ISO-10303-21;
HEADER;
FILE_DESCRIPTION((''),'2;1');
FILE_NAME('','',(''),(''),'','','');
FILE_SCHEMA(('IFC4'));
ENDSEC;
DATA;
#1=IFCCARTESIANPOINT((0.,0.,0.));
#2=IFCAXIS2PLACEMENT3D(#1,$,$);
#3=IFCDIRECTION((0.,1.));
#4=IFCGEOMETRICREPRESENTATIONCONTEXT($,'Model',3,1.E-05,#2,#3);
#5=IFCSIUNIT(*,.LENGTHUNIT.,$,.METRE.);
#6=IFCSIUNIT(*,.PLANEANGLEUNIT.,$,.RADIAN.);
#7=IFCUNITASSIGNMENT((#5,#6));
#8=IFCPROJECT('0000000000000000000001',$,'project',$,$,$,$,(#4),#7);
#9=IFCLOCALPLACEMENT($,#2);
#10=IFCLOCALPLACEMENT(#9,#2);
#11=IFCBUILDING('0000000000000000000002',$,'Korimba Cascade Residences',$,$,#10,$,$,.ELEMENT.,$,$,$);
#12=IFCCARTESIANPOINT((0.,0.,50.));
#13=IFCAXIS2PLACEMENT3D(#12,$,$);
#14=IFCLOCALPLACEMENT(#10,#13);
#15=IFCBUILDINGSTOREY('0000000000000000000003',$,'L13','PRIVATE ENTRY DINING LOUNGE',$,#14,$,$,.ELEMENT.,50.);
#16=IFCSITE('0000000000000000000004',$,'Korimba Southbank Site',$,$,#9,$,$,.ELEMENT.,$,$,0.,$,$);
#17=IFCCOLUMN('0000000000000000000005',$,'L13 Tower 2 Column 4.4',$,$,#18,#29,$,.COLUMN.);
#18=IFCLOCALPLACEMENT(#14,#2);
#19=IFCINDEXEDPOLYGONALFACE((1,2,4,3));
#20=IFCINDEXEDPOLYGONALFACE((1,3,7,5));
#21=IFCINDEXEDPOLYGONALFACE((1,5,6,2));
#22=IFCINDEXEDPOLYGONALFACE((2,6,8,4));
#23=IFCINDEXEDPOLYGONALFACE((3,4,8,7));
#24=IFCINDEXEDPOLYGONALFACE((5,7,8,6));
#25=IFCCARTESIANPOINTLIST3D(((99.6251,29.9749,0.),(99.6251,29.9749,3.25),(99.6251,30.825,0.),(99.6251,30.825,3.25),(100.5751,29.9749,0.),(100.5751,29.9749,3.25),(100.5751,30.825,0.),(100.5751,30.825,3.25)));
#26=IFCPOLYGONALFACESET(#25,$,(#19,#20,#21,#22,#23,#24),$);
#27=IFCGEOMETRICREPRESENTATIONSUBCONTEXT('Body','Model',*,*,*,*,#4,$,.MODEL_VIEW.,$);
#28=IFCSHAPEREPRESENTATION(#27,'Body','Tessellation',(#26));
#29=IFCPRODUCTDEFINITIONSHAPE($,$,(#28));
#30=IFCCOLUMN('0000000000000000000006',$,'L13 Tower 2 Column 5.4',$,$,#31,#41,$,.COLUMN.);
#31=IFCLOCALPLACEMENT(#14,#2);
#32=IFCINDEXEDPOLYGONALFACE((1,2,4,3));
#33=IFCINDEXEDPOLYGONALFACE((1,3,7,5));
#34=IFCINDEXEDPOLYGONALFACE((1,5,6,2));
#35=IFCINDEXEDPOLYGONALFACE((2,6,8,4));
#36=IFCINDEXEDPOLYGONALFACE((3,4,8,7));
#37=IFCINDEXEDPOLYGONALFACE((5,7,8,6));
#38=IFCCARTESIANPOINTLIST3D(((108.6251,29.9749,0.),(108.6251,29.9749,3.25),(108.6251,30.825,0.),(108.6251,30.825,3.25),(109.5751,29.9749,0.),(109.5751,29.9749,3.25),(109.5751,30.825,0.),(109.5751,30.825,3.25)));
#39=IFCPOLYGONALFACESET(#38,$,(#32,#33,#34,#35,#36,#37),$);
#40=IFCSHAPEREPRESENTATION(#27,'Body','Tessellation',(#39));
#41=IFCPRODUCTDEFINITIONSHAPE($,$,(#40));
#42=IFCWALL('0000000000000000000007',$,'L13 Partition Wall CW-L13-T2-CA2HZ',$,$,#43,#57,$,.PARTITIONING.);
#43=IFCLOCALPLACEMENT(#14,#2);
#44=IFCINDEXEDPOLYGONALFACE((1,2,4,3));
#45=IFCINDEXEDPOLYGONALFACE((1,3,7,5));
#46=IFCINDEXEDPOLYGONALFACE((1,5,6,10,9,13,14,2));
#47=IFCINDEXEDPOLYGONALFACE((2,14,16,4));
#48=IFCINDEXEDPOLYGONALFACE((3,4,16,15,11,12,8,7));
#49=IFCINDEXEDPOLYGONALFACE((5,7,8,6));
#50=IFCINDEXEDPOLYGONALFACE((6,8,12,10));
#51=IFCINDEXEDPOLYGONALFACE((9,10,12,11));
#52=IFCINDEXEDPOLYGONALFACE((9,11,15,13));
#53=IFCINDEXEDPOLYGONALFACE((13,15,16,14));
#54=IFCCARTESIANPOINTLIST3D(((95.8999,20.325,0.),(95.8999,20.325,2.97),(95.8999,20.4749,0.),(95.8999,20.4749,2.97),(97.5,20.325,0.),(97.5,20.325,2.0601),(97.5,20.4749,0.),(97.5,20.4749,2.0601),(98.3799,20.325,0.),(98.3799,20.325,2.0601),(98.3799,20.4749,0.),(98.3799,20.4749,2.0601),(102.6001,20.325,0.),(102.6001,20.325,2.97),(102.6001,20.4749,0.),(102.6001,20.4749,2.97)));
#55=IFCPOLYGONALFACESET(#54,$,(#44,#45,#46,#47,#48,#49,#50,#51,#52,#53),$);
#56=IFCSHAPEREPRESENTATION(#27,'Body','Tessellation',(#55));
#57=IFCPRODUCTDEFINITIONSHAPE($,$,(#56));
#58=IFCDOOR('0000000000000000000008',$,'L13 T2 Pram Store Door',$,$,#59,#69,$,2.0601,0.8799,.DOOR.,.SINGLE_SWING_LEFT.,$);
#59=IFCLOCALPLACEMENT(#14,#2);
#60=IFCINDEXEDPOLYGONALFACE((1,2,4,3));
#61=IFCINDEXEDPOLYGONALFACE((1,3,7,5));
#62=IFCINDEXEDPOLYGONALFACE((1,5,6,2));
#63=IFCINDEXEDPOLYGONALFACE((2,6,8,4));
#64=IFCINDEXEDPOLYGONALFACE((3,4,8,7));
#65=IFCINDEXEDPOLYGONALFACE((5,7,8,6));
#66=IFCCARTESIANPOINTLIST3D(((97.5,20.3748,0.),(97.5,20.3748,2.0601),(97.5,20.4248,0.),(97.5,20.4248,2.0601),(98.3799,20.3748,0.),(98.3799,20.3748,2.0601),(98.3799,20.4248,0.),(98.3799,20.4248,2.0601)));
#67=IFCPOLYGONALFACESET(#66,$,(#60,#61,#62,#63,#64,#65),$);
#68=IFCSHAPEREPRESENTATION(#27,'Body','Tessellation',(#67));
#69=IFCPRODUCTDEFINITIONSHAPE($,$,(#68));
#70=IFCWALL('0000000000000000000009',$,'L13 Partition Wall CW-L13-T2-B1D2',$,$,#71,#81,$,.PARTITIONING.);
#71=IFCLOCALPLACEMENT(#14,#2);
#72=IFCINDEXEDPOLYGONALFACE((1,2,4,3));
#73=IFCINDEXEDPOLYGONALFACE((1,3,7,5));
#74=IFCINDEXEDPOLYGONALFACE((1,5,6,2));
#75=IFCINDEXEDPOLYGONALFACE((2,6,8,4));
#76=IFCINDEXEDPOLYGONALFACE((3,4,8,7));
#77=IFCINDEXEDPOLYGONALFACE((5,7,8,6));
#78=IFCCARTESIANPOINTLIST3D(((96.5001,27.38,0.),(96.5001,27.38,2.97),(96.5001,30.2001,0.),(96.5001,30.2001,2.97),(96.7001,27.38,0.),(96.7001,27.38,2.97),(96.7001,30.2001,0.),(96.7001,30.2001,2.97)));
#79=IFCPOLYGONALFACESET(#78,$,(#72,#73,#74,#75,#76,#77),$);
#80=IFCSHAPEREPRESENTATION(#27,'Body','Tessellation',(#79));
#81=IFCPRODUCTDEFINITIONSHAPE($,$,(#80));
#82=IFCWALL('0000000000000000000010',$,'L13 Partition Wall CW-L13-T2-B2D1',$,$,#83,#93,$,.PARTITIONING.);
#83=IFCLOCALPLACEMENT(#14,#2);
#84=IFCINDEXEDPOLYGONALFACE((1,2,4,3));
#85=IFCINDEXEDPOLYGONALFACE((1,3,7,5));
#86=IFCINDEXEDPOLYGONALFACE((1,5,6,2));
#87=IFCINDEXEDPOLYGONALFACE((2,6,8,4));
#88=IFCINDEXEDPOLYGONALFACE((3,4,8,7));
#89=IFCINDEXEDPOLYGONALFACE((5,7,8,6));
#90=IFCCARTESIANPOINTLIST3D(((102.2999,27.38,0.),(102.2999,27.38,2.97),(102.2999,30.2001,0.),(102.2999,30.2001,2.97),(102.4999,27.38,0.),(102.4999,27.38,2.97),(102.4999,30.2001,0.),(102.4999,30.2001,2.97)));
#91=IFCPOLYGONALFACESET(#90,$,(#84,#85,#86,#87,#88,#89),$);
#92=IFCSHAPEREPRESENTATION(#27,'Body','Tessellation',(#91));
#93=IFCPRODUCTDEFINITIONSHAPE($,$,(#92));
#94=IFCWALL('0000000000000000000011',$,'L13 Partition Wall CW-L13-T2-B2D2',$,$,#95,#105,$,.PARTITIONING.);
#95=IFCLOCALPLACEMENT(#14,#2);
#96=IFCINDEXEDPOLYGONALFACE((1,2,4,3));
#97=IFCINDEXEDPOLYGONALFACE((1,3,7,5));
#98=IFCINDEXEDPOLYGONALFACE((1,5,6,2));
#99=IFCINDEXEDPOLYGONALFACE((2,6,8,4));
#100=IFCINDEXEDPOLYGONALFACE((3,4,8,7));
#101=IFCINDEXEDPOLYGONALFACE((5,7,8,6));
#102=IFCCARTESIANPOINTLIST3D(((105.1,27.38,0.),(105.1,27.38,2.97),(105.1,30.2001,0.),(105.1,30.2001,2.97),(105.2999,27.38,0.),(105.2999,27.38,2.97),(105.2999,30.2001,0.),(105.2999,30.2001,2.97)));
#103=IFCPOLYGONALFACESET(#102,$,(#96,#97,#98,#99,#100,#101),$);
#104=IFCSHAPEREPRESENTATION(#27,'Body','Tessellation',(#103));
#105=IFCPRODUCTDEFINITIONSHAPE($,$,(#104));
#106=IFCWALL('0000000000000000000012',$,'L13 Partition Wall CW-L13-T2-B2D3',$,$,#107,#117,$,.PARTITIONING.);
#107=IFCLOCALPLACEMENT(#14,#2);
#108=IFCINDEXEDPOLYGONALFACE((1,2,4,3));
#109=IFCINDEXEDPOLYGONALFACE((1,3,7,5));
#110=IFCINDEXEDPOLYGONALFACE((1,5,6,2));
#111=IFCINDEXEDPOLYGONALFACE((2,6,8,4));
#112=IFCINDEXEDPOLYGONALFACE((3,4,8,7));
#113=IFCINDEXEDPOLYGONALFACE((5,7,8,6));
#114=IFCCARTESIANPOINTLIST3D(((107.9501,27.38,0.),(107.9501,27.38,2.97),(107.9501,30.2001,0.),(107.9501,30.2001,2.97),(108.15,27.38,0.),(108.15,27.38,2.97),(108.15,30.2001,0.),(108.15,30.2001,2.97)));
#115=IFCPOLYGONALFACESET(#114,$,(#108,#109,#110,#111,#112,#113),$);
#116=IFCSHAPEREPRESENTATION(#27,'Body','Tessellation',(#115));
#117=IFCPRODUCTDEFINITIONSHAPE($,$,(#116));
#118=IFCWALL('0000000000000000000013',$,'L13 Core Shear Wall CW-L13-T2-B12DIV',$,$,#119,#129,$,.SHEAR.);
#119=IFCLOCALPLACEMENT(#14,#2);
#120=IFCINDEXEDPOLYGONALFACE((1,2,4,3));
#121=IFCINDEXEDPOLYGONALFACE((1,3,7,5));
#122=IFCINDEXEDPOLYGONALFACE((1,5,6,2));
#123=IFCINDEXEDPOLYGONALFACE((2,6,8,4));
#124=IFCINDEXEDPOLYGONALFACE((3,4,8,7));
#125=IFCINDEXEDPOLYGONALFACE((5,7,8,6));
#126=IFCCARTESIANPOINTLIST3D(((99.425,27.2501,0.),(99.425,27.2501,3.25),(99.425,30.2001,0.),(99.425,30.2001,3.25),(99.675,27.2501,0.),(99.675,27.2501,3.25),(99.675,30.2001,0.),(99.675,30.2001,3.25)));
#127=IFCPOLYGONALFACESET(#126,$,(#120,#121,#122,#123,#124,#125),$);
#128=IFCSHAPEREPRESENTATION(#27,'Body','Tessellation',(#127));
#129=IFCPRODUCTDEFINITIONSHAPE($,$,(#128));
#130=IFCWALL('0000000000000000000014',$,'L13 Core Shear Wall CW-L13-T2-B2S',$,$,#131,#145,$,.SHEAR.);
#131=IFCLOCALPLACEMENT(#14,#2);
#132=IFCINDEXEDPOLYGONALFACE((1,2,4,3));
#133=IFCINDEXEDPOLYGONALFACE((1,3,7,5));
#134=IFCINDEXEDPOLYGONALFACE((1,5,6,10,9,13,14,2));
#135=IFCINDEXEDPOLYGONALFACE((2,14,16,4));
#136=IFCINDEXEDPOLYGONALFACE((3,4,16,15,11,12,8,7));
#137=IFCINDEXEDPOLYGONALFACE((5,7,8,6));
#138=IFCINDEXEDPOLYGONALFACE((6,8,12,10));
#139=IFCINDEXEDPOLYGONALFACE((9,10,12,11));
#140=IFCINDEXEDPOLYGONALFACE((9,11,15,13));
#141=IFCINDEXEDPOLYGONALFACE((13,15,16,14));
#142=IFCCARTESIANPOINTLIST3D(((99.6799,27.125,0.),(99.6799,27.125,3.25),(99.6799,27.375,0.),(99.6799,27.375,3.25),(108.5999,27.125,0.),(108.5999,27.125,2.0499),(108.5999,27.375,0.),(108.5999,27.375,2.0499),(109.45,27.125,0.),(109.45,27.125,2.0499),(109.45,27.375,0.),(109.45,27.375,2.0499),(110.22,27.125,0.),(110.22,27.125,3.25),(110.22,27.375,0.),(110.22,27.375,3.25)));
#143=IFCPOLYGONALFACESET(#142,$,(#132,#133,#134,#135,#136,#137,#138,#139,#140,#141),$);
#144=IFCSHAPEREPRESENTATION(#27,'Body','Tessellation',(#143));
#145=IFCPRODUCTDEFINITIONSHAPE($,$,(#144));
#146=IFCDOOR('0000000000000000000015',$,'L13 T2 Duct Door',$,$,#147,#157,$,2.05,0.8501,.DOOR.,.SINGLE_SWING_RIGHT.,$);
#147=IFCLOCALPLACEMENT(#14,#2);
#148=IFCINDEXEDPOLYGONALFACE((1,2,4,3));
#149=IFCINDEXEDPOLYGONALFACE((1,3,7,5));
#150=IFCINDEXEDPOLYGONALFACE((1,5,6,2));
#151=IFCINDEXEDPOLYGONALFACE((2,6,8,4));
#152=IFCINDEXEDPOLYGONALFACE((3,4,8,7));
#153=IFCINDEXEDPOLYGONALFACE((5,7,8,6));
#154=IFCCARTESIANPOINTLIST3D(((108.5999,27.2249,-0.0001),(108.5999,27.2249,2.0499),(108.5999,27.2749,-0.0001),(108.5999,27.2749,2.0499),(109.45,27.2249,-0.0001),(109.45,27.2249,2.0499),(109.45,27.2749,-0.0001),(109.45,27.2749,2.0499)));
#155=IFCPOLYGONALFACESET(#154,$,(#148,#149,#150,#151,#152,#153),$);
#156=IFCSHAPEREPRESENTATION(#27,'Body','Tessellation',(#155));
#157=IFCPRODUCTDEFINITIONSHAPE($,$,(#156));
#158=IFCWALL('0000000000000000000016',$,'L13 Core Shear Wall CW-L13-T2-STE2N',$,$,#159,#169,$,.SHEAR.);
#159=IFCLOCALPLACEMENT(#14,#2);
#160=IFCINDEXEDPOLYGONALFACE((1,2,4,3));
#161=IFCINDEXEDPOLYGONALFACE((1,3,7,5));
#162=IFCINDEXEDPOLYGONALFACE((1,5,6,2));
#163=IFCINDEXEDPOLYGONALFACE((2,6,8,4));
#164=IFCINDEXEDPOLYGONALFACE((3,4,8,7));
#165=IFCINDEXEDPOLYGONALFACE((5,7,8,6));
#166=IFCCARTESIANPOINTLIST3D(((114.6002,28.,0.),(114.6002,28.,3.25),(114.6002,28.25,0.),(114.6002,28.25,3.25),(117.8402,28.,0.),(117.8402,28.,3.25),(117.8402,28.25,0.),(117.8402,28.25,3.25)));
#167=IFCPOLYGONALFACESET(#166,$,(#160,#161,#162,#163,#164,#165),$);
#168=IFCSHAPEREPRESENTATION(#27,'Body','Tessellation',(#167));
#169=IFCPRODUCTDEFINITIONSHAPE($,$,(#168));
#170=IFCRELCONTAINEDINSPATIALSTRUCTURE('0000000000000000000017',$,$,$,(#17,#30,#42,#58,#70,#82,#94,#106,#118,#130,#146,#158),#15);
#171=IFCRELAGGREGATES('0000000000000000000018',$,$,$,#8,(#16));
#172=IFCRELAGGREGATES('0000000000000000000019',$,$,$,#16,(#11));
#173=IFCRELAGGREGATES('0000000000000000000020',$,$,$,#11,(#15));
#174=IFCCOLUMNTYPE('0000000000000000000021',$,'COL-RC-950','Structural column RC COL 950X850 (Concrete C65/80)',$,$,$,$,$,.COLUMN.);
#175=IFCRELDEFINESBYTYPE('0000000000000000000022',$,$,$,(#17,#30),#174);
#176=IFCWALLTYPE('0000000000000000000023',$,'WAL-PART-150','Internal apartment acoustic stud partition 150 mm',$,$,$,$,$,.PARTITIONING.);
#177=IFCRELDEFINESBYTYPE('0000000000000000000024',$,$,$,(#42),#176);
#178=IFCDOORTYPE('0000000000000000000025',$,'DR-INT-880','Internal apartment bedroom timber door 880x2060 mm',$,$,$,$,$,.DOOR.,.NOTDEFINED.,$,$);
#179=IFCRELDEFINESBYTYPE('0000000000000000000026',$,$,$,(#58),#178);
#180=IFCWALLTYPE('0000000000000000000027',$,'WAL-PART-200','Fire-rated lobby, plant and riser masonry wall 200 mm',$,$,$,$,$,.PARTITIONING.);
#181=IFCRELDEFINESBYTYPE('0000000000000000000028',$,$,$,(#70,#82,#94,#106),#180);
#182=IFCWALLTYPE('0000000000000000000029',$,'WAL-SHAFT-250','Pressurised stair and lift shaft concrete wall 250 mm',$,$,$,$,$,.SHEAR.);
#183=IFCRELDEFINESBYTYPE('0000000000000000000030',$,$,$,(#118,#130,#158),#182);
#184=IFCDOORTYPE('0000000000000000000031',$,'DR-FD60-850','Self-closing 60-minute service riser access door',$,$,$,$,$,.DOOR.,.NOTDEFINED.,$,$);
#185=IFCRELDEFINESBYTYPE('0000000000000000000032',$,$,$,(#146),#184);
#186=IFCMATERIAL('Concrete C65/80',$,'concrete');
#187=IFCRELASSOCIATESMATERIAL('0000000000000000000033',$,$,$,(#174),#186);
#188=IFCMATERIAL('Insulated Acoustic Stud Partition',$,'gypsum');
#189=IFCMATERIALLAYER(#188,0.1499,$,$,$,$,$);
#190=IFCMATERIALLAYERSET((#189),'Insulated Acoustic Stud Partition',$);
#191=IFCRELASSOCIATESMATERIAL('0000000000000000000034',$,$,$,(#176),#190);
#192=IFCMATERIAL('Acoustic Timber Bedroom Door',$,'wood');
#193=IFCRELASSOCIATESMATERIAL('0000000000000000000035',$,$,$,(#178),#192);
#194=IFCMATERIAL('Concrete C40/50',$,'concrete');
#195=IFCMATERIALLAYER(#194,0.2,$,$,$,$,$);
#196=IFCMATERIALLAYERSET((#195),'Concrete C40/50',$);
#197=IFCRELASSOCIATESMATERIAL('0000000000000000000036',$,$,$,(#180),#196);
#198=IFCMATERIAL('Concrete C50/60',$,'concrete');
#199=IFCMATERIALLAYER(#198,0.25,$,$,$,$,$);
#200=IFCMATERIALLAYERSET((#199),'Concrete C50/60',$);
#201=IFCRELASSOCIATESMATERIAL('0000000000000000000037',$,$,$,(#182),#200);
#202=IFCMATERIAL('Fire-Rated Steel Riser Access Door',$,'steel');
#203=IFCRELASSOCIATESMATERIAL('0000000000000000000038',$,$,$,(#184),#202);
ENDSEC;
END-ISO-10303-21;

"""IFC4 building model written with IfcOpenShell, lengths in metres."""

from ifc_helpers import new_model, si_unit, direction, frame, frame_2d, origin, origin_2d, place, context, subcontext, project, spatial, rectangle, extrude, material, layer, layer_set, material_profile, profile_set, type_object, element, fill, save


model = new_model("IFC4")

# Units and contexts
model_context = context("Model", 3, precision=1e-05, world=origin(), true_north=direction((0.0, 1.0)))
body_context = subcontext(model_context, "Body", "Model", "MODEL_VIEW")
ifc_project = project(units=[si_unit("LENGTHUNIT", "METRE"), si_unit("PLANEANGLEUNIT", "RADIAN")], contexts=[model_context])

# Site, building, storey
site_placement = place(None, origin())
site = spatial("IfcSite", under=ifc_project, at=site_placement, Name="Korimba Southbank Site", CompositionType="ELEMENT", RefElevation=0.0)
building_placement = place(site_placement, origin())
building = spatial("IfcBuilding", under=site, at=building_placement, Name="Korimba Cascade Residences", CompositionType="ELEMENT")
storey_placement = place(building_placement, frame((0.0, 0.0, 50.0)))
storey = spatial("IfcBuildingStorey", under=building, at=storey_placement, Name="L13", Description="PRIVATE ENTRY DINING LOUNGE", CompositionType="ELEMENT", Elevation=50.0)

# Columns
ifc_material_1 = material(Name="Concrete C65/80", Category="concrete")
ifc_material_profile = material_profile(ifc_material_1, rectangle(XDim=0.95, YDim=0.8501, at=origin_2d()), Name="Concrete C65/80")
ifc_profile_set = profile_set([ifc_material_profile], Name="Concrete C65/80")
column_type = type_object("IfcColumnType", Name="COL-RC-950", Description="Structural column RC COL 950X850 (Concrete C65/80)", PredefinedType="COLUMN", material=ifc_profile_set)
for number, where, z_axis, x_axis, name in (
    (1, (100.1001, 30.3999, 0.0), (0.0, 0.0, 1.0), (1.0, 0.0, 0.0), "L13 Tower 2 Column 4.4"),
    (2, (109.1001, 30.3999, 0.0), (0.0, 0.0, 1.0), (1.0, 0.0, 0.0), "L13 Tower 2 Column 5.4"),
):
    element("IfcColumn", number, at=place(storey_placement, frame(where, z_axis=z_axis, x_axis=x_axis)), inside=storey, type_object=column_type, Name=name, PredefinedType="COLUMN", context=body_context, shape_type="SweptSolid", body=[
        extrude(rectangle(XDim=0.95, YDim=0.8501, at=origin_2d()), origin(), (0.0, 0.0, 1.0), 3.25),
    ])

# Wall, opening, door
ifc_material_2 = material(Name="Insulated Acoustic Stud Partition", Category="gypsum")
ifc_layer_1 = layer(ifc_material_2, 0.1499)
ifc_layer_set_1 = layer_set([ifc_layer_1], Name="Insulated Acoustic Stud Partition")
wall_type_1 = type_object("IfcWallType", Name="WAL-PART-150", Description="Internal apartment acoustic stud partition 150 mm", PredefinedType="PARTITIONING", material=ifc_layer_set_1)
wall_1_placement = place(storey_placement, frame((95.8999, 20.3999, 0.0), z_axis=(0.0, 0.0, 1.0), x_axis=(1.0, 0.0, 0.0)))
wall_1 = element("IfcWall", 3, at=wall_1_placement, inside=storey, type_object=wall_type_1, Name="L13 Partition Wall CW-L13-T2-CA2HZ", PredefinedType="PARTITIONING", context=body_context, shape_type="SweptSolid", body=[
    extrude(rectangle(XDim=6.7002, YDim=0.1499, at=frame_2d((3.3501, 0.0))), origin(), (0.0, 0.0, 1.0), 2.97),
])
opening_1_placement = place(wall_1_placement, frame((1.6001, 0.0, 0.0)))
opening_1 = element("IfcOpeningElement", 4, at=opening_1_placement, cuts=wall_1, PredefinedType="OPENING", context=body_context, shape_type="SweptSolid", body=[
    extrude(rectangle(XDim=0.8799, YDim=2.0601, at=frame_2d((0.4399, 1.03))), frame((0.0, 0.085, 0.0), z_axis=(0.0, -1.0, 0.0), x_axis=(1.0, 0.0, 0.0)), (0.0, 0.0, 1.0), 0.1699),
])
ifc_material_3 = material(Name="Acoustic Timber Bedroom Door", Category="wood")
door_type_1 = type_object("IfcDoorType", Name="DR-INT-880", Description="Internal apartment bedroom timber door 880x2060 mm", OperationType="NOTDEFINED", PredefinedType="DOOR", material=ifc_material_3)
door_1_placement = place(opening_1_placement, origin())
door_1 = element("IfcDoor", 5, at=door_1_placement, inside=storey, type_object=door_type_1, Name="L13 T2 Pram Store Door", OperationType="SINGLE_SWING_LEFT", OverallHeight=2.0601, OverallWidth=0.8799, PredefinedType="DOOR", context=body_context, shape_type="SweptSolid", body=[
    extrude(rectangle(XDim=0.8799, YDim=2.0601, at=frame_2d((0.4399, 1.03))), frame((0.0, 0.0249, 0.0), z_axis=(0.0, -1.0, 0.0), x_axis=(1.0, 0.0, 0.0)), (0.0, 0.0, 1.0), 0.05),
])
fill(opening_1, door_1)

# Walls
ifc_material_4 = material(Name="Concrete C40/50", Category="concrete")
ifc_layer_2 = layer(ifc_material_4, 0.2)
ifc_layer_set_2 = layer_set([ifc_layer_2], Name="Concrete C40/50")
wall_type_2 = type_object("IfcWallType", Name="WAL-PART-200", Description="Fire-rated lobby, plant and riser masonry wall 200 mm", PredefinedType="PARTITIONING", material=ifc_layer_set_2)
for number, where, z_axis, x_axis, name in (
    (6, (96.6001, 27.3799, 0.0), (0.0, 0.0, 1.0), (0.0, 1.0, 0.0), "L13 Partition Wall CW-L13-T2-B1D2"),
    (7, (102.3999, 27.3799, 0.0), (0.0, 0.0, 1.0), (0.0, 1.0, 0.0), "L13 Partition Wall CW-L13-T2-B2D1"),
    (8, (105.2, 27.3799, 0.0), (0.0, 0.0, 1.0), (0.0, 1.0, 0.0), "L13 Partition Wall CW-L13-T2-B2D2"),
    (9, (108.05, 27.3799, 0.0), (0.0, 0.0, 1.0), (0.0, 1.0, 0.0), "L13 Partition Wall CW-L13-T2-B2D3"),
):
    element("IfcWall", number, at=place(storey_placement, frame(where, z_axis=z_axis, x_axis=x_axis)), inside=storey, type_object=wall_type_2, Name=name, PredefinedType="PARTITIONING", context=body_context, shape_type="SweptSolid", body=[
        extrude(rectangle(XDim=2.8201, YDim=0.2, at=frame_2d((1.4102, 0.0))), origin(), (0.0, 0.0, 1.0), 2.97),
    ])
ifc_material_5 = material(Name="Concrete C50/60", Category="concrete")
ifc_layer_3 = layer(ifc_material_5, 0.25)
ifc_layer_set_3 = layer_set([ifc_layer_3], Name="Concrete C50/60")
wall_type_3 = type_object("IfcWallType", Name="WAL-SHAFT-250", Description="Pressurised stair and lift shaft concrete wall 250 mm", PredefinedType="SHEAR", material=ifc_layer_set_3)
wall_2_placement = place(storey_placement, frame((99.55, 27.25, 0.0), z_axis=(0.0, 0.0, 1.0), x_axis=(0.0, 1.0, 0.0)))
element("IfcWall", 10, at=wall_2_placement, inside=storey, type_object=wall_type_3, Name="L13 Core Shear Wall CW-L13-T2-B12DIV", PredefinedType="SHEAR", context=body_context, shape_type="SweptSolid", body=[
    extrude(rectangle(XDim=2.95, YDim=0.25, at=frame_2d((1.4751, 0.0))), origin(), (0.0, 0.0, 1.0), 3.25),
])

# Wall, opening, door
wall_3_placement = place(storey_placement, frame((99.6799, 27.25, 0.0), z_axis=(0.0, 0.0, 1.0), x_axis=(1.0, 0.0, 0.0)))
wall_3 = element("IfcWall", 11, at=wall_3_placement, inside=storey, type_object=wall_type_3, Name="L13 Core Shear Wall CW-L13-T2-B2S", PredefinedType="SHEAR", context=body_context, shape_type="SweptSolid", body=[
    extrude(rectangle(XDim=10.54, YDim=0.25, at=frame_2d((5.27, 0.0))), origin(), (0.0, 0.0, 1.0), 3.25),
])
opening_2_placement = place(wall_3_placement, frame((8.9199, 0.0, 0.0)))
opening_2 = element("IfcOpeningElement", 12, at=opening_2_placement, cuts=wall_3, PredefinedType="OPENING", context=body_context, shape_type="SweptSolid", body=[
    extrude(rectangle(XDim=0.8501, YDim=2.05, at=frame_2d((0.425, 1.0249))), frame((0.0, 0.135, 0.0), z_axis=(0.0, -1.0, 0.0), x_axis=(1.0, 0.0, 0.0)), (0.0, 0.0, 1.0), 0.27),
])
ifc_material_6 = material(Name="Fire-Rated Steel Riser Access Door", Category="steel")
door_type_2 = type_object("IfcDoorType", Name="DR-FD60-850", Description="Self-closing 60-minute service riser access door", OperationType="NOTDEFINED", PredefinedType="DOOR", material=ifc_material_6)
door_2_placement = place(opening_2_placement, origin())
door_2 = element("IfcDoor", 13, at=door_2_placement, inside=storey, type_object=door_type_2, Name="L13 T2 Duct Door", OperationType="SINGLE_SWING_RIGHT", OverallHeight=2.05, OverallWidth=0.8501, PredefinedType="DOOR", context=body_context, shape_type="SweptSolid", body=[
    extrude(rectangle(XDim=0.8501, YDim=2.05, at=frame_2d((0.425, 1.0249))), frame((0.0, 0.0249, 0.0), z_axis=(0.0, -1.0, 0.0), x_axis=(1.0, 0.0, 0.0)), (0.0, 0.0, 1.0), 0.05),
])
fill(opening_2, door_2)

# Wall
wall_4_placement = place(storey_placement, frame((114.6001, 28.125, 0.0), z_axis=(0.0, 0.0, 1.0), x_axis=(1.0, 0.0, 0.0)))
element("IfcWall", 14, at=wall_4_placement, inside=storey, type_object=wall_type_3, Name="L13 Core Shear Wall CW-L13-T2-STE2N", PredefinedType="SHEAR", context=body_context, shape_type="SweptSolid", body=[
    extrude(rectangle(XDim=3.24, YDim=0.25, at=frame_2d((1.6201, 0.0))), origin(), (0.0, 0.0, 1.0), 3.25),
])

save(model, "model.ifc")
